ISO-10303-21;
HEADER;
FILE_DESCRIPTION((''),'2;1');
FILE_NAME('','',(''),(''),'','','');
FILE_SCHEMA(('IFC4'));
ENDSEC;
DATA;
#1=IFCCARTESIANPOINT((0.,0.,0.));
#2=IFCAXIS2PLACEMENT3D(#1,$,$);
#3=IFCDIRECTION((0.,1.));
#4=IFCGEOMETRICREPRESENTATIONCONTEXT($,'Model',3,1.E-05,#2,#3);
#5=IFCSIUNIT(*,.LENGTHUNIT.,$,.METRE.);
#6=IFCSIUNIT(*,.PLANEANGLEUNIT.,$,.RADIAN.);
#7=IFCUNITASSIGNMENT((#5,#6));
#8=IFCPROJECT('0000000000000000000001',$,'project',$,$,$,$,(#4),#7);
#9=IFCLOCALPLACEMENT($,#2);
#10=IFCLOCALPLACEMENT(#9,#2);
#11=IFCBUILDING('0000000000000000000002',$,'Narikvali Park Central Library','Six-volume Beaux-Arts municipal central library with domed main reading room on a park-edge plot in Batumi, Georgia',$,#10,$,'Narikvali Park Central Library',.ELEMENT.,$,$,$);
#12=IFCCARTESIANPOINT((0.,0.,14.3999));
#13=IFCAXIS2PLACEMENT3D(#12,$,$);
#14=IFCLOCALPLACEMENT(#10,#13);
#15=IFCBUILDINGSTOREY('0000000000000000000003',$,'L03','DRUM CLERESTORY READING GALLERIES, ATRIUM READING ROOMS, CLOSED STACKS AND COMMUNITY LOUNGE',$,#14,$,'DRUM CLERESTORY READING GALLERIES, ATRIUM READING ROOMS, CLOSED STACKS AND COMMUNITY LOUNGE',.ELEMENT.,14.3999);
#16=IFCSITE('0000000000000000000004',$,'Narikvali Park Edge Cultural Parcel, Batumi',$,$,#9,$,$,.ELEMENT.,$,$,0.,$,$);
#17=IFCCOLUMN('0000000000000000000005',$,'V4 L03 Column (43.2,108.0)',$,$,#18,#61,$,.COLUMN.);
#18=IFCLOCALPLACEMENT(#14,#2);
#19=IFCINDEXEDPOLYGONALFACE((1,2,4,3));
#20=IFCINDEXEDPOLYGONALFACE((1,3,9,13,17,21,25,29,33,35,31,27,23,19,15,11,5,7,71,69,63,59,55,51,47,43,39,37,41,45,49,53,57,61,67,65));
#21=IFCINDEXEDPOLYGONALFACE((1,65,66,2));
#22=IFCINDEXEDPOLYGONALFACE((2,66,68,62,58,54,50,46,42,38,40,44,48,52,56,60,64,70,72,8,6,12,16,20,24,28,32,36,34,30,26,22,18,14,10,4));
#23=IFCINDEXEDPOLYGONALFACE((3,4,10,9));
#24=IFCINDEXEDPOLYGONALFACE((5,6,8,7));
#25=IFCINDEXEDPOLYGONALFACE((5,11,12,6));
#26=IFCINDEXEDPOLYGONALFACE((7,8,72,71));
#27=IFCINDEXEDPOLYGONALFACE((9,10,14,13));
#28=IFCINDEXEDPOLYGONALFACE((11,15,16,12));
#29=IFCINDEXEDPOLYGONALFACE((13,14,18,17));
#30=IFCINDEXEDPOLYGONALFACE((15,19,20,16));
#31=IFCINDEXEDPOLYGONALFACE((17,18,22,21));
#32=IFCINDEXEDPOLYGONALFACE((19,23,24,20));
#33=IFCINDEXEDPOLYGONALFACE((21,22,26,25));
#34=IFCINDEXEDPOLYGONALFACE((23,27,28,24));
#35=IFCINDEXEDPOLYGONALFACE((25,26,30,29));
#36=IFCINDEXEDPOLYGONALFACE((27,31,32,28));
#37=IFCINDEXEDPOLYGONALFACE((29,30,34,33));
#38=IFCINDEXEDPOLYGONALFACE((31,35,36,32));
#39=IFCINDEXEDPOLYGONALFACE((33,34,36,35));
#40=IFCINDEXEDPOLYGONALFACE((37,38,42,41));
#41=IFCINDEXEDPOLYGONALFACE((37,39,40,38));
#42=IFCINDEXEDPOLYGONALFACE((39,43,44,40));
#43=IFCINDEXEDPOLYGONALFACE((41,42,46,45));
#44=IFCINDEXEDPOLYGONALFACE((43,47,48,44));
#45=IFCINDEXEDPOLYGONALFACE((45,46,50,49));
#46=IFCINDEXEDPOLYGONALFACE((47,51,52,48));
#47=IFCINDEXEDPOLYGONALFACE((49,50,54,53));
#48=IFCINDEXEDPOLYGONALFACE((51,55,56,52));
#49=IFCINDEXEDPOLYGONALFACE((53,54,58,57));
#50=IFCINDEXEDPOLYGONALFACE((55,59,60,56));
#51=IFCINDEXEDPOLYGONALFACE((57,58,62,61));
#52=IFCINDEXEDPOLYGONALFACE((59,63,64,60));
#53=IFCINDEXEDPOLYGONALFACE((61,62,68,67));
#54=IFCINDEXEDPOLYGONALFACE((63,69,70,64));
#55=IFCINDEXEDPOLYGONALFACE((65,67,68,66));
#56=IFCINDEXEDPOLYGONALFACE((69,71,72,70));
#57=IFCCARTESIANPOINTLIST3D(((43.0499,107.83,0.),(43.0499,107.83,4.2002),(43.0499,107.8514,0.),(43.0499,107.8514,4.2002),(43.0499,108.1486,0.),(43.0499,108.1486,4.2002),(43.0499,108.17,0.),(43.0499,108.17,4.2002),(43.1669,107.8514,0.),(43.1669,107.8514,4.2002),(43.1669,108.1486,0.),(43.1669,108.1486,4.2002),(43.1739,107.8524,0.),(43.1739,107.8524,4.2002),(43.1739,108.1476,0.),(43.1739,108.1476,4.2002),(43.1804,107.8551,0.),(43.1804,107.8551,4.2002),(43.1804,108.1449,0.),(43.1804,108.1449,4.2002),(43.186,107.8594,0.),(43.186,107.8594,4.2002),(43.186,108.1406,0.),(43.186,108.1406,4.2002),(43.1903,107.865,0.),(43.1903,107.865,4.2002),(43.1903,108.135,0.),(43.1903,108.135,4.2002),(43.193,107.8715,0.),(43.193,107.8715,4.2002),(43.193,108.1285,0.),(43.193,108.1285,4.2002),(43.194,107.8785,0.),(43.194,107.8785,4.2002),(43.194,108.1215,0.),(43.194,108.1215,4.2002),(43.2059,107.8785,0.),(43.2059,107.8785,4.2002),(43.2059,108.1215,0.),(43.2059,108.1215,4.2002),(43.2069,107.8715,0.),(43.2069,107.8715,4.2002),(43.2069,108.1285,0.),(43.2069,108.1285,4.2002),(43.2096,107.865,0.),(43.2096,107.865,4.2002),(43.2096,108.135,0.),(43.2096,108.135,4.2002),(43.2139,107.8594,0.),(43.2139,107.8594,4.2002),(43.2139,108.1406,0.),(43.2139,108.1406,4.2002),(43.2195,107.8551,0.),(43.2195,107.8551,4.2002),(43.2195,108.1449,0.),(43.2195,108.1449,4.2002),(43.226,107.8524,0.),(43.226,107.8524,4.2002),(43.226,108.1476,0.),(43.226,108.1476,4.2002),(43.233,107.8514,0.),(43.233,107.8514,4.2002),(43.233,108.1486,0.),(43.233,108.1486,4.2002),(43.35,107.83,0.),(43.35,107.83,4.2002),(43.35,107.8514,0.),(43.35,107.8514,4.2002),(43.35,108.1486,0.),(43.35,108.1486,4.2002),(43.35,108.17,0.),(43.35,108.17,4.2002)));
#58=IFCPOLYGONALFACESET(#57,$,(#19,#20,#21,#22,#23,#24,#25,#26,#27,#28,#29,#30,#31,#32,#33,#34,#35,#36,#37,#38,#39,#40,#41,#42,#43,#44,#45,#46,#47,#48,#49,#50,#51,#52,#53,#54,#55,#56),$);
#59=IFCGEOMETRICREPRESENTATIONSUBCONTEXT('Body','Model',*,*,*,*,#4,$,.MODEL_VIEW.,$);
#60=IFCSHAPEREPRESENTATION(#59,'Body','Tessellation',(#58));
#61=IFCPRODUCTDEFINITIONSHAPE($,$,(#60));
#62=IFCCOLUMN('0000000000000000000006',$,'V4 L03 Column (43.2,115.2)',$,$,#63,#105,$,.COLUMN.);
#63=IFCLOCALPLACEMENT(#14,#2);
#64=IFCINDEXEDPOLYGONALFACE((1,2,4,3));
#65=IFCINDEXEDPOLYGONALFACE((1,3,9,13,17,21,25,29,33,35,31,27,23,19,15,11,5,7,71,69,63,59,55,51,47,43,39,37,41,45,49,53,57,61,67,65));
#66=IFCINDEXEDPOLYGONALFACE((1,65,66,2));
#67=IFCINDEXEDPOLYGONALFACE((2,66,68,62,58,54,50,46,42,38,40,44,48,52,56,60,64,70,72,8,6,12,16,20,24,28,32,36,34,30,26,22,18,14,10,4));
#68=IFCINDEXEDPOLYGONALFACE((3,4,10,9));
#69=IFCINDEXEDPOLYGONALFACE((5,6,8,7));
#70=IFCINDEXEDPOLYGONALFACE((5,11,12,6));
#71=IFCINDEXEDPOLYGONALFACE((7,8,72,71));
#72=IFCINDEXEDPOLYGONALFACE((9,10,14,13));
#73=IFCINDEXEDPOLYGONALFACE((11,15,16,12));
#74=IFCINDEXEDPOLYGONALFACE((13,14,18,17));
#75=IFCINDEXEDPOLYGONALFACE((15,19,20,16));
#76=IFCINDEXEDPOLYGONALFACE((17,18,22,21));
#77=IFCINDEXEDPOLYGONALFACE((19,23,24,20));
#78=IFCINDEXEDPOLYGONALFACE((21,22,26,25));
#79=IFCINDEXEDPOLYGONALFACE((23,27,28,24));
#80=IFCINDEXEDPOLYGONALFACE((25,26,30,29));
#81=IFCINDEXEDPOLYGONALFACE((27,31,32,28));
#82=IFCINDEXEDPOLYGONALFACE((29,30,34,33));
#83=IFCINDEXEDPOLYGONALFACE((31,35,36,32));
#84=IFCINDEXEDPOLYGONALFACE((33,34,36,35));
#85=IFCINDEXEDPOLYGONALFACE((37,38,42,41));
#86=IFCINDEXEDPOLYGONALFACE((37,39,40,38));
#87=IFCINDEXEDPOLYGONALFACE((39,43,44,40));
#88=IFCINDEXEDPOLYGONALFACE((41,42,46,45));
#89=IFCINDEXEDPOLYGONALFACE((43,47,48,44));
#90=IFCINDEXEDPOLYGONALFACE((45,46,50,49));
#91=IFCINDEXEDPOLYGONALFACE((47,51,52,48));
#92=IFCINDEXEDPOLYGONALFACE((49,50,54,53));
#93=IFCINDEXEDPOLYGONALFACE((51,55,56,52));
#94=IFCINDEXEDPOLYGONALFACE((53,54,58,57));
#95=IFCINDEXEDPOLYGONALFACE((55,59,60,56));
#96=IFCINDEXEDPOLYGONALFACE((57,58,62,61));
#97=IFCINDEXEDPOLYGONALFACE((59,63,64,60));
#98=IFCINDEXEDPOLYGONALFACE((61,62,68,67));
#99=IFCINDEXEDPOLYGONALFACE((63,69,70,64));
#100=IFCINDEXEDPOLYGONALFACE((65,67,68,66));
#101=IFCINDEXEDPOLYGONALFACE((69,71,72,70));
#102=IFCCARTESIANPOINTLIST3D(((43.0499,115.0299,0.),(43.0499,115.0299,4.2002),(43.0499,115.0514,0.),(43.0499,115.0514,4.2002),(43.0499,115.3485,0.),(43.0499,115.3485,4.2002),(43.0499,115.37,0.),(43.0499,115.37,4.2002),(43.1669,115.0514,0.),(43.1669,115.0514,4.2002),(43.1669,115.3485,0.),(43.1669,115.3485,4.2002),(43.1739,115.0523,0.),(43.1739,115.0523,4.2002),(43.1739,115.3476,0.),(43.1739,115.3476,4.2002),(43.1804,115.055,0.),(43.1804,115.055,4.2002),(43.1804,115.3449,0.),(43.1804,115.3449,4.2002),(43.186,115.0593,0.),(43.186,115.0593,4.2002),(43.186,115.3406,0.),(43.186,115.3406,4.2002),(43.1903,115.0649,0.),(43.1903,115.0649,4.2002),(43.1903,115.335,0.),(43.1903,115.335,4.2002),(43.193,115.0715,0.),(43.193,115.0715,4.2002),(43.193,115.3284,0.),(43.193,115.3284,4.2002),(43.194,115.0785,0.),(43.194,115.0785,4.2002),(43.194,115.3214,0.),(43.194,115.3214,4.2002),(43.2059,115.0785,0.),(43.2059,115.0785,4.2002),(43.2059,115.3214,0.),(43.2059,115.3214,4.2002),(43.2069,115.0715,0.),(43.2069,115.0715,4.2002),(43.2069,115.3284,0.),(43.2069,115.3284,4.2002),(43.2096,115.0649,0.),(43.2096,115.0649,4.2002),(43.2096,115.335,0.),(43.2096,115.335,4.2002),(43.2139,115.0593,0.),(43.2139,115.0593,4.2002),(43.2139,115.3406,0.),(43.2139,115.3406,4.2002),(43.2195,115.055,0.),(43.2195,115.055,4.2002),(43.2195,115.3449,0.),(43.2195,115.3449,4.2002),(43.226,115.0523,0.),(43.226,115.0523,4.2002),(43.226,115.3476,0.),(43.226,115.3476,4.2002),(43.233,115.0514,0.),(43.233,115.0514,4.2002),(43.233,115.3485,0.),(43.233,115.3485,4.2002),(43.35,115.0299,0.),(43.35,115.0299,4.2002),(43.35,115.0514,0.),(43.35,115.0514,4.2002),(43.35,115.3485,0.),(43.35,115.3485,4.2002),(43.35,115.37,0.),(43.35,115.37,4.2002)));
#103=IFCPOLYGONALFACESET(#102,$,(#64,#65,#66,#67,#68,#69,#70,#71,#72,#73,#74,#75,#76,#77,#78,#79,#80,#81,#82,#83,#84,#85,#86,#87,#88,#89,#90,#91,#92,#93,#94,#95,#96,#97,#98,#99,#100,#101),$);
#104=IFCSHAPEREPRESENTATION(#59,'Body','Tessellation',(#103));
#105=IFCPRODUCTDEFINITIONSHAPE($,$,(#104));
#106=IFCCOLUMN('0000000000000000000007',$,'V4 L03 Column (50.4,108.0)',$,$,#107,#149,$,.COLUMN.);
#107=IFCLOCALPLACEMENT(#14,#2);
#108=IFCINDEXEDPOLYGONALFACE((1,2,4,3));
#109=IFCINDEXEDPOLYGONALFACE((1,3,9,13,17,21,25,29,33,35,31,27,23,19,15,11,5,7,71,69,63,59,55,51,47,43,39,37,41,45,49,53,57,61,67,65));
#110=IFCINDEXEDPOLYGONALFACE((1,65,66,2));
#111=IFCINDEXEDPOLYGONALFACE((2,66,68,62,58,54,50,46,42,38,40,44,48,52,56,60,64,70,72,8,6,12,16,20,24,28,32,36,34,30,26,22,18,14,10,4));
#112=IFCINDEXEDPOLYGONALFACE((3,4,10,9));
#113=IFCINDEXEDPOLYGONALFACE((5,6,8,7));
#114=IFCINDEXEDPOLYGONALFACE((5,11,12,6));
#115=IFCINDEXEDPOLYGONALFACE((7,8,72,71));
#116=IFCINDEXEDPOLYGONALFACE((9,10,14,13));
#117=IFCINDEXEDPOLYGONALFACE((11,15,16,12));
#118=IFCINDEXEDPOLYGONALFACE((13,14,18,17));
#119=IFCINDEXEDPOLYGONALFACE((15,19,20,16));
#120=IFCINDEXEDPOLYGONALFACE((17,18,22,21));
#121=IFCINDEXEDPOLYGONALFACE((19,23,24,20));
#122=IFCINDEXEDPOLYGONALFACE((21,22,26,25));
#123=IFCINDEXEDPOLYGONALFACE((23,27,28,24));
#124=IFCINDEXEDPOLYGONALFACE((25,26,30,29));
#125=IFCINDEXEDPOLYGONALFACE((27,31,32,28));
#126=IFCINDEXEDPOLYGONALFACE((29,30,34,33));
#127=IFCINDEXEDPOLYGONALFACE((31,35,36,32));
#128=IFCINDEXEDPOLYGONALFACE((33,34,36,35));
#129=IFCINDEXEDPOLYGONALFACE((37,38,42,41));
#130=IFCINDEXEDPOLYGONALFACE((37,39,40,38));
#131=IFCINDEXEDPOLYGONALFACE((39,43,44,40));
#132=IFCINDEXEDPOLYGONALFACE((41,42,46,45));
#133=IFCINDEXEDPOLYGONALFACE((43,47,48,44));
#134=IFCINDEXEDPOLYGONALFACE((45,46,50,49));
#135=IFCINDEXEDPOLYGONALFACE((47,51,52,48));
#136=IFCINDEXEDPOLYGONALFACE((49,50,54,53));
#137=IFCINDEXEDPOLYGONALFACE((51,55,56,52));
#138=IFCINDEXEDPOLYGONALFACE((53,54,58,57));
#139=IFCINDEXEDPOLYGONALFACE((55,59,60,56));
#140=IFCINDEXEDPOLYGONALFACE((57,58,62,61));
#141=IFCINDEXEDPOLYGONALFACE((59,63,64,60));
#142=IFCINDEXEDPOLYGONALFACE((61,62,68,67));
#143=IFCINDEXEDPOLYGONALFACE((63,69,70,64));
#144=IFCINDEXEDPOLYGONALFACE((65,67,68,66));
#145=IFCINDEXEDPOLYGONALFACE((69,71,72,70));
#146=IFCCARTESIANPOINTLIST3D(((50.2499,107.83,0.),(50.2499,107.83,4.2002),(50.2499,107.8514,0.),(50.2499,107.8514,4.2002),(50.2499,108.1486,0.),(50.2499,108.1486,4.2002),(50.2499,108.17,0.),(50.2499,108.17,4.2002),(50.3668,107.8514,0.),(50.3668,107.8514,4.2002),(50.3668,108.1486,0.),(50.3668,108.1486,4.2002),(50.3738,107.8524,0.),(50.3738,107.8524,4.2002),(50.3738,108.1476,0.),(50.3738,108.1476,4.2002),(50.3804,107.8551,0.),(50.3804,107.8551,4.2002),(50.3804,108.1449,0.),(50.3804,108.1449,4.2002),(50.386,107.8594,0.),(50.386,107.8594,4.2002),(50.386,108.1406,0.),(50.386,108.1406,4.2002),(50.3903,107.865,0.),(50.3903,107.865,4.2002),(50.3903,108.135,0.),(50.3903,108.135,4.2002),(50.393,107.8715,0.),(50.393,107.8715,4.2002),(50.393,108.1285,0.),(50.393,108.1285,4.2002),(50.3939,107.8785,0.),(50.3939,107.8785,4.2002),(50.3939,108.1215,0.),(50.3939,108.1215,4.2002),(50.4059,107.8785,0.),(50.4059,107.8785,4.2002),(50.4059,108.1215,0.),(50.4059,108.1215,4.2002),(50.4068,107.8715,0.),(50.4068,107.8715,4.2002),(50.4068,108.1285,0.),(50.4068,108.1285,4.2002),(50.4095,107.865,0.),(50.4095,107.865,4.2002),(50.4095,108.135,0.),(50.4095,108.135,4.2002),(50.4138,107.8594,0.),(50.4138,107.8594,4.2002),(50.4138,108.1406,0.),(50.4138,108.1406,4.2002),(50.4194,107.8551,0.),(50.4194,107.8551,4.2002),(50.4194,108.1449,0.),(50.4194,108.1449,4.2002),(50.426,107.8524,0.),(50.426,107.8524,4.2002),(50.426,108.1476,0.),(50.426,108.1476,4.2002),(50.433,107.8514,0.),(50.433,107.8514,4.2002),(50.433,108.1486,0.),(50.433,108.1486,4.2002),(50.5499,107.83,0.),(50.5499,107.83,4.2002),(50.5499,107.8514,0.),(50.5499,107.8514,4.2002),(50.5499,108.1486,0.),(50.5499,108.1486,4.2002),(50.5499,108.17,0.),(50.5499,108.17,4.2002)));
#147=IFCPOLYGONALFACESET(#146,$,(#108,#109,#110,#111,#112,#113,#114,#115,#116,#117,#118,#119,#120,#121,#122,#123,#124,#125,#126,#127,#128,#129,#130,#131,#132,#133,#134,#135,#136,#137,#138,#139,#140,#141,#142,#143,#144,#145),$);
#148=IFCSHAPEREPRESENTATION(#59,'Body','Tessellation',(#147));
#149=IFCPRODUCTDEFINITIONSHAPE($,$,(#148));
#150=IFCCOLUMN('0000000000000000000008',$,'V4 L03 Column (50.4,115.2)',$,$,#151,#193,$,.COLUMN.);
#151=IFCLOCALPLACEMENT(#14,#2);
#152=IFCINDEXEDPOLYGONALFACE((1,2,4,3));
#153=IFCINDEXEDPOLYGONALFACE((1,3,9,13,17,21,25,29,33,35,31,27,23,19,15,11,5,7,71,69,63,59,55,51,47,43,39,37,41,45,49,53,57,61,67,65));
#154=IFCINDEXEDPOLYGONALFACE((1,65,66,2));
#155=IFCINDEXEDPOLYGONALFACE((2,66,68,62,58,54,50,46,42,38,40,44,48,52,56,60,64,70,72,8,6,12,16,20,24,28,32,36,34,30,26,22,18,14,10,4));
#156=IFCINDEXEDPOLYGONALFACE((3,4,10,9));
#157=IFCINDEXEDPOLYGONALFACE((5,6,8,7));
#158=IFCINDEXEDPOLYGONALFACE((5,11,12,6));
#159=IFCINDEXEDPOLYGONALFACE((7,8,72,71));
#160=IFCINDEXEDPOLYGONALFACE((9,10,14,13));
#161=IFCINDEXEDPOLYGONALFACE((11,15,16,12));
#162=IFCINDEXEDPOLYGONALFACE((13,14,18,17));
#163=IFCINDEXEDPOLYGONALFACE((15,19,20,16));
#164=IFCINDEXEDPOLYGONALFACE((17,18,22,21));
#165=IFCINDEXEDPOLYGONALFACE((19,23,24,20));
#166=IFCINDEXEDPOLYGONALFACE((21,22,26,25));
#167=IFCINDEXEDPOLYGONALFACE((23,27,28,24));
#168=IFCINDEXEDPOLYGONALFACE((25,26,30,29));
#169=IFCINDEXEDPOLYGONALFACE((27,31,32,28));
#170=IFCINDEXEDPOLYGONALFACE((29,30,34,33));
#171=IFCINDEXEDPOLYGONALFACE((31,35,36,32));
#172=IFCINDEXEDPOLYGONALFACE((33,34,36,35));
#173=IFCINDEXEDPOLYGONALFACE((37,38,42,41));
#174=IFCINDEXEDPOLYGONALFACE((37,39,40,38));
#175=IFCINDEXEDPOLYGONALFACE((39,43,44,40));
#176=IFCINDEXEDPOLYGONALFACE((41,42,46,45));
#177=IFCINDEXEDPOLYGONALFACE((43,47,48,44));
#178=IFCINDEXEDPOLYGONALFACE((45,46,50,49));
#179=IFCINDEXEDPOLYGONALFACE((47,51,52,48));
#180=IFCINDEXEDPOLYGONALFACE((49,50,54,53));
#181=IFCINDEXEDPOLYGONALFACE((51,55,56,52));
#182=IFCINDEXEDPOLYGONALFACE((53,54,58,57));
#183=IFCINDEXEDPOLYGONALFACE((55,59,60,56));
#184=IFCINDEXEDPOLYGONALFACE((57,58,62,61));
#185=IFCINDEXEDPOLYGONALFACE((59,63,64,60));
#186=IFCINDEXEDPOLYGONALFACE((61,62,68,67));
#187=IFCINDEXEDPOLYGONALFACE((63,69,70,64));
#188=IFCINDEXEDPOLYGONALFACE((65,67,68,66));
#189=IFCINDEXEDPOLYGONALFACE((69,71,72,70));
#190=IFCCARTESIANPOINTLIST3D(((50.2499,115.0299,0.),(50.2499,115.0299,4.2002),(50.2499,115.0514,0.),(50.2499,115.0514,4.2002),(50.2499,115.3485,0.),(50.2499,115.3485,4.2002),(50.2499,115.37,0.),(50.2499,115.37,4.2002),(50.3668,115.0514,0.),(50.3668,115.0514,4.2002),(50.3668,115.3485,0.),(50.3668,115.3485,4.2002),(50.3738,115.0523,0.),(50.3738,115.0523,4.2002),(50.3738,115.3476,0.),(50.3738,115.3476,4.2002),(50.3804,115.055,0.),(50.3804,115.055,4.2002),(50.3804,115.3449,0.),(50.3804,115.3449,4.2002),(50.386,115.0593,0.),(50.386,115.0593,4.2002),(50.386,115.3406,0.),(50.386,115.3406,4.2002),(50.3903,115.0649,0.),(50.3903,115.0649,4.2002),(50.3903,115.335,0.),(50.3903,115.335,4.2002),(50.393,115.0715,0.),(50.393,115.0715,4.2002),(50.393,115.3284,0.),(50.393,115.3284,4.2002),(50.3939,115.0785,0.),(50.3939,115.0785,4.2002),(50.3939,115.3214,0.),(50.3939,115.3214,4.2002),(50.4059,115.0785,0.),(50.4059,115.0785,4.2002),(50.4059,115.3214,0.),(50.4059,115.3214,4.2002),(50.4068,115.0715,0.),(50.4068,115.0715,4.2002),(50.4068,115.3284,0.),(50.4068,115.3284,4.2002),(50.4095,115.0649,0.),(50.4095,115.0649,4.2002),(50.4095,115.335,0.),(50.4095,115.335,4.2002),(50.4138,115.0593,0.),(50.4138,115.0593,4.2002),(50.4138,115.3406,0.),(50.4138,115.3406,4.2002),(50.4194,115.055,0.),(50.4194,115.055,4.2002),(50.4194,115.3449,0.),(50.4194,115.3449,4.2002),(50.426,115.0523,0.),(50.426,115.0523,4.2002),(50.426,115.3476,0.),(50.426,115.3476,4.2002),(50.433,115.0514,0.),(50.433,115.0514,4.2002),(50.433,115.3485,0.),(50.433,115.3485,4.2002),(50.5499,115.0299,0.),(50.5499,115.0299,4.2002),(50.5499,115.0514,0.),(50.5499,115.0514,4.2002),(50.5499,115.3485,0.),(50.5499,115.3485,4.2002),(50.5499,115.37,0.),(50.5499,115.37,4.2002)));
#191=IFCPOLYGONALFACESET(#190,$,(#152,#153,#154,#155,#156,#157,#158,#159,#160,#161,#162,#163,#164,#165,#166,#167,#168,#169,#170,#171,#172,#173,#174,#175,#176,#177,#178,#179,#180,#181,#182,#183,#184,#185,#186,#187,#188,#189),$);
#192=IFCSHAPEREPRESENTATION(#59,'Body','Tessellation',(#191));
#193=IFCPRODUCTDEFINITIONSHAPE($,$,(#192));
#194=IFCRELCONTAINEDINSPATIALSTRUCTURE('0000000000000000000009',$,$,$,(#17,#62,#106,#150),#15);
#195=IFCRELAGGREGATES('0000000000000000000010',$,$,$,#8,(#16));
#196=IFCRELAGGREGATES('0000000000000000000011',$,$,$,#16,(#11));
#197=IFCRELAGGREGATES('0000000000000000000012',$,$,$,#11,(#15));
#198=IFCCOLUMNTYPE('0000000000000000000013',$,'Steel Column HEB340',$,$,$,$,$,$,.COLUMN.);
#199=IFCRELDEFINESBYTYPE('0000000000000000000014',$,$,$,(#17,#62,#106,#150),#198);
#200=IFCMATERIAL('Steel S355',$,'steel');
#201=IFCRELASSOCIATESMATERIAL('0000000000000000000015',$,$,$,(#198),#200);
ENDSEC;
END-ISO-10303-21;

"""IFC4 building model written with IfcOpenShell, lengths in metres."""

from ifc_helpers import new_model, si_unit, direction, frame, origin, origin_2d, place, context, subcontext, project, spatial, i_section, extrude, material, material_profile, profile_set, type_object, element, save


model = new_model("IFC4")

# Units and contexts
model_context = context("Model", 3, precision=1e-05, world=origin(), true_north=direction((0.0, 1.0)))
body_context = subcontext(model_context, "Body", "Model", "MODEL_VIEW")
ifc_project = project(units=[si_unit("LENGTHUNIT", "METRE"), si_unit("PLANEANGLEUNIT", "RADIAN")], contexts=[model_context])

# Site, building, storey
site_placement = place(None, origin())
site = spatial("IfcSite", under=ifc_project, at=site_placement, Name="Narikvali Park Edge Cultural Parcel, Batumi", CompositionType="ELEMENT", RefElevation=0.0)
building_placement = place(site_placement, origin())
building = spatial("IfcBuilding", under=site, at=building_placement, Name="Narikvali Park Central Library", Description="Six-volume Beaux-Arts municipal central library with domed main reading room on a park-edge plot in Batumi, Georgia", LongName="Narikvali Park Central Library", CompositionType="ELEMENT")
storey_placement = place(building_placement, frame((0.0, 0.0, 14.3999)))
storey = spatial("IfcBuildingStorey", under=building, at=storey_placement, Name="L03", Description="DRUM CLERESTORY READING GALLERIES, ATRIUM READING ROOMS, CLOSED STACKS AND COMMUNITY LOUNGE", LongName="DRUM CLERESTORY READING GALLERIES, ATRIUM READING ROOMS, CLOSED STACKS AND COMMUNITY LOUNGE", CompositionType="ELEMENT", Elevation=14.3999)

# Columns
ifc_material_1 = material(Name="Steel S355", Category="steel")
ifc_material_profile_1 = material_profile(ifc_material_1, i_section(OverallWidth=0.3, OverallDepth=0.3401, WebThickness=0.012, FlangeThickness=0.0215, FilletRadius=0.0271, at=origin_2d()), Name="HEB 340")
ifc_profile_set_1 = profile_set([ifc_material_profile_1], Name="Steel S355")
column_type = type_object("IfcColumnType", Name="Steel Column HEB340", PredefinedType="COLUMN", material=ifc_profile_set_1)
for number, where, z_axis, x_axis, name in (
    (1, (43.2, 108.0, 0.0), (0.0, 0.0, 1.0), (1.0, 0.0, 0.0), "V4 L03 Column (43.2,108.0)"),
    (2, (43.2, 115.2, 0.0), (0.0, 0.0, 1.0), (1.0, 0.0, 0.0), "V4 L03 Column (43.2,115.2)"),
    (3, (50.3999, 108.0, 0.0), (0.0, 0.0, 1.0), (1.0, 0.0, 0.0), "V4 L03 Column (50.4,108.0)"),
    (4, (50.3999, 115.2, 0.0), (0.0, 0.0, 1.0), (1.0, 0.0, 0.0), "V4 L03 Column (50.4,115.2)"),
):
    element("IfcColumn", number, at=place(storey_placement, frame(where, z_axis=z_axis, x_axis=x_axis)), inside=storey, type_object=column_type, Name=name, PredefinedType="COLUMN", context=body_context, shape_type="SweptSolid", body=[
        extrude(i_section(OverallWidth=0.3, OverallDepth=0.3401, WebThickness=0.012, FlangeThickness=0.0215, FilletRadius=0.0271, at=origin_2d()), origin(), (0.0, 0.0, 1.0), 4.2002),
    ])

save(model, "model.ifc")
